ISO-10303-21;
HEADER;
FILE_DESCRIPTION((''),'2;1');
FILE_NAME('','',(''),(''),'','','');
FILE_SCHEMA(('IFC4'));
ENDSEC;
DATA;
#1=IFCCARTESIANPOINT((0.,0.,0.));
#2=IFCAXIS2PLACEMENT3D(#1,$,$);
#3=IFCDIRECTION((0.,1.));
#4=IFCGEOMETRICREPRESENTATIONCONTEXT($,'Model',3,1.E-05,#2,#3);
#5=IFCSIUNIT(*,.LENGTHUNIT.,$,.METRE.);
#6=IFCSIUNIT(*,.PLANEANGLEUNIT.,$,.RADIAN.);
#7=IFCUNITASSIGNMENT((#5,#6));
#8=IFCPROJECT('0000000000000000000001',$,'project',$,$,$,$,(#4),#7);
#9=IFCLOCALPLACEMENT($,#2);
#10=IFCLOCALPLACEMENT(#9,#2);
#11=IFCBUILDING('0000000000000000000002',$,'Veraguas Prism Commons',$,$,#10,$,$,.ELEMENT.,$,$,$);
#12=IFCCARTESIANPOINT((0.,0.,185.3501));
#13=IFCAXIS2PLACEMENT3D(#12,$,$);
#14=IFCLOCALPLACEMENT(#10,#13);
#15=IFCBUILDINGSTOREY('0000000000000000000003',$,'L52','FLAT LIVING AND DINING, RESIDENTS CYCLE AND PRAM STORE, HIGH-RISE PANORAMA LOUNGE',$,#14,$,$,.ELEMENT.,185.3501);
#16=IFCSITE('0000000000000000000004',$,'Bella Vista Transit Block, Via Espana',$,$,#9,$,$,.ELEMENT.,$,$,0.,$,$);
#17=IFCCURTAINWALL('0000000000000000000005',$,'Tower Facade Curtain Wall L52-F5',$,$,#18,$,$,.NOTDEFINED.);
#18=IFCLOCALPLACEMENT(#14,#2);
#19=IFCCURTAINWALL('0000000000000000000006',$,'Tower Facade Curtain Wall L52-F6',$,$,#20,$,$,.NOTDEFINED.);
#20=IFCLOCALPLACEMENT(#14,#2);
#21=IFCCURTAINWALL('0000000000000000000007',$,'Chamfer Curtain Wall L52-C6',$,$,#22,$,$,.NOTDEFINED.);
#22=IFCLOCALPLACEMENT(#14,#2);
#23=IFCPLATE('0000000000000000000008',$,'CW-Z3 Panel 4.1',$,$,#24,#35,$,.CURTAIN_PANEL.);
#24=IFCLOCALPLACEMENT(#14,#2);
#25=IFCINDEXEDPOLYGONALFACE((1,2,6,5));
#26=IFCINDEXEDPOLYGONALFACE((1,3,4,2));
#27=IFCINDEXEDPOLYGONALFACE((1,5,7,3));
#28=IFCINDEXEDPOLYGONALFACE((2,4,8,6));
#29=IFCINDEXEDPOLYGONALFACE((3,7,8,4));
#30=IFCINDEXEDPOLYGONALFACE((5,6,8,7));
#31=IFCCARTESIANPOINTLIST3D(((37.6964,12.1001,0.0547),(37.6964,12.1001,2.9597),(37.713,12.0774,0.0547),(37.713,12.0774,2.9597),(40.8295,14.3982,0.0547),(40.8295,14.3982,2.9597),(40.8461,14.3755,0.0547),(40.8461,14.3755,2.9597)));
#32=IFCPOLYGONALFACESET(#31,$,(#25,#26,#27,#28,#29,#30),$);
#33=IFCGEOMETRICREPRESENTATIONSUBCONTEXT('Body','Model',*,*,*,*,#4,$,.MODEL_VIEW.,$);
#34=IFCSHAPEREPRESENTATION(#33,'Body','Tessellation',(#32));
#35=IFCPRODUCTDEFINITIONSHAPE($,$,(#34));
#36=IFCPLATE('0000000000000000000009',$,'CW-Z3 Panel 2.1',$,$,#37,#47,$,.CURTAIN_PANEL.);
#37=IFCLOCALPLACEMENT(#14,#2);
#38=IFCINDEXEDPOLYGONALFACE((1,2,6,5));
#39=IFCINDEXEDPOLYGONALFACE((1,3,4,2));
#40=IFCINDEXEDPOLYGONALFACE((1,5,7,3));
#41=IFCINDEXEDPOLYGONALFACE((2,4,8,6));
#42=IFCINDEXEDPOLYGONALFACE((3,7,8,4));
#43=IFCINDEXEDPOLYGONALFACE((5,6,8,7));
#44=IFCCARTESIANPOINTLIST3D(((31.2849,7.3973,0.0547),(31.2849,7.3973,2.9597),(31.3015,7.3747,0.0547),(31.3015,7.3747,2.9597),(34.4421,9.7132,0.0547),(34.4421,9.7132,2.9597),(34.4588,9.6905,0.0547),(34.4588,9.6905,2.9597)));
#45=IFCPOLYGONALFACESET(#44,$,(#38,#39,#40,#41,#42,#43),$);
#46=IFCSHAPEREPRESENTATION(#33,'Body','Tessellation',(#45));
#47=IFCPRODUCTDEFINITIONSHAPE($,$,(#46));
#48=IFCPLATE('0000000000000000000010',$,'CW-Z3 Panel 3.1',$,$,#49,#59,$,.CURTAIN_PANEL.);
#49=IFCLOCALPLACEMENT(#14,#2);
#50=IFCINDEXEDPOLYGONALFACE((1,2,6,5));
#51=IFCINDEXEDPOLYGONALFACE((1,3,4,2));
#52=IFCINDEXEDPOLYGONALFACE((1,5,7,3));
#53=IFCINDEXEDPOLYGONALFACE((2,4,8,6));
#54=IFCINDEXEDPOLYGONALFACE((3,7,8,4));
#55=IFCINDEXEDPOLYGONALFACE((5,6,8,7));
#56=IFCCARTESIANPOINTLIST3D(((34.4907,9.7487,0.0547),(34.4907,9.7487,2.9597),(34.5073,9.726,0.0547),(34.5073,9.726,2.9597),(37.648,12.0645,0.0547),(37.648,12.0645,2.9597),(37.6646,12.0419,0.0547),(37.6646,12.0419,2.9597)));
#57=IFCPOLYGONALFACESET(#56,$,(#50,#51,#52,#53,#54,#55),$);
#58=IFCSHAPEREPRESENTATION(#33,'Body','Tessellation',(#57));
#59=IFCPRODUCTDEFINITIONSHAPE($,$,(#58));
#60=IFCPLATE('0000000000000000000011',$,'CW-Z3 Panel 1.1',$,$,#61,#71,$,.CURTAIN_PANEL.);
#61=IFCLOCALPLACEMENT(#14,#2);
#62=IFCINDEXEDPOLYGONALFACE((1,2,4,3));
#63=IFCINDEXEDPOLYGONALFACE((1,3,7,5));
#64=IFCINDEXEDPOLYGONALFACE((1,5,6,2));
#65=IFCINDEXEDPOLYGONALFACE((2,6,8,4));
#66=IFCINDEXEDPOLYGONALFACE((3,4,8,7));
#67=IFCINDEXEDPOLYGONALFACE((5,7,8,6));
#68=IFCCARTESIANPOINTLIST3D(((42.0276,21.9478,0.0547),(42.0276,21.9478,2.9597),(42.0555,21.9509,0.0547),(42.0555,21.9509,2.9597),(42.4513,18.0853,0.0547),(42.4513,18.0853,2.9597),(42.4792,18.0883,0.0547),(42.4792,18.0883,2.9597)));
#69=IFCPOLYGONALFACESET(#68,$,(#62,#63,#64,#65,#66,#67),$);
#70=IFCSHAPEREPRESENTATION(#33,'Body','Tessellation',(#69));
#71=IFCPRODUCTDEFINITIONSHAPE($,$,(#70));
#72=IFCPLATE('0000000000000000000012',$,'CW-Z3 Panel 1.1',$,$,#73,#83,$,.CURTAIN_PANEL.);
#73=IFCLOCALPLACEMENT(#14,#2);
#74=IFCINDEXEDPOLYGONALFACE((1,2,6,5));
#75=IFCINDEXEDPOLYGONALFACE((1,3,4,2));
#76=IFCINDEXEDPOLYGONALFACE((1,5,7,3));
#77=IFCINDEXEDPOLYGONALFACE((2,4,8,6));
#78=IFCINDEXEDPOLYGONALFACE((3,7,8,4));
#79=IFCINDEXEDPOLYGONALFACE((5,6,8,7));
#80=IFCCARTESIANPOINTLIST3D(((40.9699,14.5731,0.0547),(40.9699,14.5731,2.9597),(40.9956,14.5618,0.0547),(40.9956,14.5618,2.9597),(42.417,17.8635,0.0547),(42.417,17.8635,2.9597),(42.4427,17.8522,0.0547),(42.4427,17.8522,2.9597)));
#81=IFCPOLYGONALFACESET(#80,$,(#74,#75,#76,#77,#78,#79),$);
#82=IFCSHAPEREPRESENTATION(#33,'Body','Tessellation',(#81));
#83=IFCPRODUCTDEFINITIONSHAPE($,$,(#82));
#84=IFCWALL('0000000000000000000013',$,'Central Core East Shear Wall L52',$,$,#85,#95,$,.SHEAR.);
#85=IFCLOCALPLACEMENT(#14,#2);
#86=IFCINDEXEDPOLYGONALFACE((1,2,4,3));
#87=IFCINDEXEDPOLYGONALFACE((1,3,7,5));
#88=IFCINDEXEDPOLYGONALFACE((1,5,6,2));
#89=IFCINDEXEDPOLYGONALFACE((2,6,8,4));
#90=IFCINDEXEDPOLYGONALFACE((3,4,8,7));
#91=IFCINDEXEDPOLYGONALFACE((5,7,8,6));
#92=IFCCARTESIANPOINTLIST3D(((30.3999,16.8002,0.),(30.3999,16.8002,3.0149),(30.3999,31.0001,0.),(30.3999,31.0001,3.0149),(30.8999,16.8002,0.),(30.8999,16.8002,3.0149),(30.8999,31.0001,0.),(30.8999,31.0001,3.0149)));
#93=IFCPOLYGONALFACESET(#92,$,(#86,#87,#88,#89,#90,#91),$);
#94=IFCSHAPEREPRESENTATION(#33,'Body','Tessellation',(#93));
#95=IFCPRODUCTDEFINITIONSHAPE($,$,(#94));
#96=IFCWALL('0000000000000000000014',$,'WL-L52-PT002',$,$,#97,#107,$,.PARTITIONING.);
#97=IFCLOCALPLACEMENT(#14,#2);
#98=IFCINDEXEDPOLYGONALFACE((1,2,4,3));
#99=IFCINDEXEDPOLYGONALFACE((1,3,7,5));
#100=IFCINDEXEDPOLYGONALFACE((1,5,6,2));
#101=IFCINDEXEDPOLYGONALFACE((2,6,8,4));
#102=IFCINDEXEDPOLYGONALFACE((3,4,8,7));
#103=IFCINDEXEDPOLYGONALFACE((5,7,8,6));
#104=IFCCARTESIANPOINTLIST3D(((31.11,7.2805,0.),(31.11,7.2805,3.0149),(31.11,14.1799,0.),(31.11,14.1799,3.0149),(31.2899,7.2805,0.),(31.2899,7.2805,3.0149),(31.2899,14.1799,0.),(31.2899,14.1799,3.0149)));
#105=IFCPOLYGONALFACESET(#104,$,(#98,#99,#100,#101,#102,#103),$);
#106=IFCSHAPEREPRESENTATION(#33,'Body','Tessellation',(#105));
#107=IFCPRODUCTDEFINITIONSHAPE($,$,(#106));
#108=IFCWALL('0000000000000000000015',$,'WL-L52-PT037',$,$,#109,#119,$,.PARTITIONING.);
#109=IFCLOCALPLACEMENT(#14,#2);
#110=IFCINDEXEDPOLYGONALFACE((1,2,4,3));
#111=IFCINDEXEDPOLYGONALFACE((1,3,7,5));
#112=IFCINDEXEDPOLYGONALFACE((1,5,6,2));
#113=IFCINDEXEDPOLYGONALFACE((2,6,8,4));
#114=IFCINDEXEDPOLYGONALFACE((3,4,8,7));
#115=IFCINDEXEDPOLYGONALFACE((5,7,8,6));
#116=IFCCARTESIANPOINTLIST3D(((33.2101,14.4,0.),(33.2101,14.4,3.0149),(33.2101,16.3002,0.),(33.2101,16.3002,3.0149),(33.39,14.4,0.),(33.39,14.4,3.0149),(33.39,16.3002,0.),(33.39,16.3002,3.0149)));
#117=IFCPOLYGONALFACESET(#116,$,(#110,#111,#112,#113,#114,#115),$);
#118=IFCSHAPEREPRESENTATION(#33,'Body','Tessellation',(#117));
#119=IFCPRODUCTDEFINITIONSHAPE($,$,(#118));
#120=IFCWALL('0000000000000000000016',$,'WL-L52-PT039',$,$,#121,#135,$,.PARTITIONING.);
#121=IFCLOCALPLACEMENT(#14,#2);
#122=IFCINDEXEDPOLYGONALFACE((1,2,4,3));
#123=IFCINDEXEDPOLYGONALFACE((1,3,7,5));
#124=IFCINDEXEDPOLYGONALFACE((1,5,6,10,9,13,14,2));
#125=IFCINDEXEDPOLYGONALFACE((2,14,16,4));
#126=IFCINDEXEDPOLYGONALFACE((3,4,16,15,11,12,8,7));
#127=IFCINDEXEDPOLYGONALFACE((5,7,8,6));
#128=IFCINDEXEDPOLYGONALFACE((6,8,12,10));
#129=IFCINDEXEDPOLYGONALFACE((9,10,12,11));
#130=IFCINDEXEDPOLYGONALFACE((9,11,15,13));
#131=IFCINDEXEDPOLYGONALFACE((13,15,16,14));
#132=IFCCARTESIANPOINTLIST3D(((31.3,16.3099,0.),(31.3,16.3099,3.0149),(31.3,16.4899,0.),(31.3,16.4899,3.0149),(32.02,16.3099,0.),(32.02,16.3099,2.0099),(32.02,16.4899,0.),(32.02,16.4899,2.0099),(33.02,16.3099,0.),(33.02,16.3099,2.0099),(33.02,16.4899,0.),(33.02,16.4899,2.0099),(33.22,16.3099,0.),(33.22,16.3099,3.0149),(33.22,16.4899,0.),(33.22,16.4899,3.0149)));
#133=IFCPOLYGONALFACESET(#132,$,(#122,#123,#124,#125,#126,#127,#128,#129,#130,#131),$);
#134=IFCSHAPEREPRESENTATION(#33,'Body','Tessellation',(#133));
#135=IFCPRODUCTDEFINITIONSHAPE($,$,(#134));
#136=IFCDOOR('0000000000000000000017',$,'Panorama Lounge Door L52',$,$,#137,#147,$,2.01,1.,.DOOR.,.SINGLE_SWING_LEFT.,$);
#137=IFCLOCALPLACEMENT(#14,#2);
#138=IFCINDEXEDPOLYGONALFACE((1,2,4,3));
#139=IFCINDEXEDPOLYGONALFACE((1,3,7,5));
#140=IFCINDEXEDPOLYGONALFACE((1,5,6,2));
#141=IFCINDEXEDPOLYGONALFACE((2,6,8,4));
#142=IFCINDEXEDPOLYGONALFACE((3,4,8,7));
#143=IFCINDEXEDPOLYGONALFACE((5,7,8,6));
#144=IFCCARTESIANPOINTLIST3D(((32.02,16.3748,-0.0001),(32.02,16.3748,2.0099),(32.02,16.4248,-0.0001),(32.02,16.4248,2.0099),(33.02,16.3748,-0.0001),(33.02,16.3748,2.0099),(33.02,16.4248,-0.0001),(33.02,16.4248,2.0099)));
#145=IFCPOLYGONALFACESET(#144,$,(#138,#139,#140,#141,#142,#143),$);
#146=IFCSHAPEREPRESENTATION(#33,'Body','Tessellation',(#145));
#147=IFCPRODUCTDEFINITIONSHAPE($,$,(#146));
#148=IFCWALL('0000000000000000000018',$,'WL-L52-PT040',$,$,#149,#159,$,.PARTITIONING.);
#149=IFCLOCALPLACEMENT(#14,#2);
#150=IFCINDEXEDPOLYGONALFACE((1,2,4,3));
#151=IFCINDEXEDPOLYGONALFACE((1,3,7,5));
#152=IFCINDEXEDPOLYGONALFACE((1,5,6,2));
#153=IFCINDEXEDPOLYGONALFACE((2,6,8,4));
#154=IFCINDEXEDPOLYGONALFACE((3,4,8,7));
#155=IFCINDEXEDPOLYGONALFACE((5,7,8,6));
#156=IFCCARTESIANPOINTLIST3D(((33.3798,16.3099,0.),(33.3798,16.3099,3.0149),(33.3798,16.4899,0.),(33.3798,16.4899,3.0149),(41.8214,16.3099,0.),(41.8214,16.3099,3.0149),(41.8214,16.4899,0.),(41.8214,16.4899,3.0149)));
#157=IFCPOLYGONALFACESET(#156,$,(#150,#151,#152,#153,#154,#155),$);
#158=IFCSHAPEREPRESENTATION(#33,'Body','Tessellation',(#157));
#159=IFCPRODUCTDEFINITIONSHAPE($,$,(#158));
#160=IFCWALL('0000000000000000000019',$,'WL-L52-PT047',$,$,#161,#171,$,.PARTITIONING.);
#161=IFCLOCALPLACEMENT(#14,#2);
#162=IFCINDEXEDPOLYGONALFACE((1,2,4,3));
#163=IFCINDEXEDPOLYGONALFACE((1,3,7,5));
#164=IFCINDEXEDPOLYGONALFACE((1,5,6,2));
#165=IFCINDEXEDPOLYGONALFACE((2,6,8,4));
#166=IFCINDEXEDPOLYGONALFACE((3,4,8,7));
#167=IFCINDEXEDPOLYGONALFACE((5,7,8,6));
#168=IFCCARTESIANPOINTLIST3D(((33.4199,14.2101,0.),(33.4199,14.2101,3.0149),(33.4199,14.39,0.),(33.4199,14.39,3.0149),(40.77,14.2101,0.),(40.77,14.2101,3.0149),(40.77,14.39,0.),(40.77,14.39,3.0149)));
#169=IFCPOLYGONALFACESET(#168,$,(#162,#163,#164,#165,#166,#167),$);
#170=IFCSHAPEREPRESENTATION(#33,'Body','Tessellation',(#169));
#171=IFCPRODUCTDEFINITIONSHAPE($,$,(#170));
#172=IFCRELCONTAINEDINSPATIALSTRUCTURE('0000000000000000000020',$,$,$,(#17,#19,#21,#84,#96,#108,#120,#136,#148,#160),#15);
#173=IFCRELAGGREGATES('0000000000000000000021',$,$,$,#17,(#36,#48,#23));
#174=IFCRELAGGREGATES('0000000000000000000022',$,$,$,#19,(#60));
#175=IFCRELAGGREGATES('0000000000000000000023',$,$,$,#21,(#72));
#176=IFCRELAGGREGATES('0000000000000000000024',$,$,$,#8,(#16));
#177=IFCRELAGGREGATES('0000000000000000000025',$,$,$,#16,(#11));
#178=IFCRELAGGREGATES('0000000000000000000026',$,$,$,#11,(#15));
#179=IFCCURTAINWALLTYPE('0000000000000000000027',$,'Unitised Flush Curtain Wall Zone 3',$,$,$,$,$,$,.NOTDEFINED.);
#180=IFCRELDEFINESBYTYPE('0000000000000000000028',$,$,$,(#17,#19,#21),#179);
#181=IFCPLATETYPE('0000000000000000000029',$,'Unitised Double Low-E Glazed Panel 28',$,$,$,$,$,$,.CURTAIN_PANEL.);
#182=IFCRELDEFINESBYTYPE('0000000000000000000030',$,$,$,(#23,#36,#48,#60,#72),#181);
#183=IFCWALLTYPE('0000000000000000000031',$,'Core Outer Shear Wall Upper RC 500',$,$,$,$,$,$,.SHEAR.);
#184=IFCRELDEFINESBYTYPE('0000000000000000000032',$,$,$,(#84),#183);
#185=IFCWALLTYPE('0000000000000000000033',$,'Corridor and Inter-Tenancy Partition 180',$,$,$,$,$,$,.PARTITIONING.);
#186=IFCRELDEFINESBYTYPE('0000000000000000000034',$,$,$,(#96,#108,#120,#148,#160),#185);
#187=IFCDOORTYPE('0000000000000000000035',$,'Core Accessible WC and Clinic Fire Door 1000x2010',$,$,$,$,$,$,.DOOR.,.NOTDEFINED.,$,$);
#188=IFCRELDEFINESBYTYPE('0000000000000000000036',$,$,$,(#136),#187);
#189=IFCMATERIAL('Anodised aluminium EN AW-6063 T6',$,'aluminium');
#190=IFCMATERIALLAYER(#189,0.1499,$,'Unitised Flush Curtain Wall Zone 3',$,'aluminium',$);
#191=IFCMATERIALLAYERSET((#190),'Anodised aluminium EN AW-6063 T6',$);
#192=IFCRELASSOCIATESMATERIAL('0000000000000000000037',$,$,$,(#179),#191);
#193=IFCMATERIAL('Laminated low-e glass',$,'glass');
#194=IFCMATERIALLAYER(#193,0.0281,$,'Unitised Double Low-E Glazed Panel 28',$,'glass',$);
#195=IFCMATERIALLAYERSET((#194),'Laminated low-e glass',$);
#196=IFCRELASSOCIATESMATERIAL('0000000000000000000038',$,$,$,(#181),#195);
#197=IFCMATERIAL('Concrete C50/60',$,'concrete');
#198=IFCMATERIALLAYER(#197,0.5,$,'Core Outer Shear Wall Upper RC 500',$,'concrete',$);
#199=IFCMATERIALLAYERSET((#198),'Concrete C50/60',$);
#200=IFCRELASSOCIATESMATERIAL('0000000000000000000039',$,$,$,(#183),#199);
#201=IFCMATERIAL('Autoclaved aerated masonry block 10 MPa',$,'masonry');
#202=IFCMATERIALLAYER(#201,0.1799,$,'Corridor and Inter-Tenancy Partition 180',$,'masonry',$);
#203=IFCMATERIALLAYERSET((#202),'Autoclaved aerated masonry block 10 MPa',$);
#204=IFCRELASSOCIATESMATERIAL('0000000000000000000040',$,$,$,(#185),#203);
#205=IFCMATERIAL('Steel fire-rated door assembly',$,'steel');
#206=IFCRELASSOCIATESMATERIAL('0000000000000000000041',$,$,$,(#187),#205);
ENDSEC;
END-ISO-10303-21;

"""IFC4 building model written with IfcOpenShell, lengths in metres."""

from ifc_helpers import new_model, si_unit, direction, frame, frame_2d, origin, origin_2d, place, context, subcontext, project, spatial, rectangle, extrude, source, transform, mapped, material, layer, layer_set, type_object, element, fill, aggregate, save


model = new_model("IFC4")

# Units and contexts
model_context = context("Model", 3, precision=1e-05, world=origin(), true_north=direction((0.0, 1.0)))
body_context = subcontext(model_context, "Body", "Model", "MODEL_VIEW")
ifc_project = project(units=[si_unit("LENGTHUNIT", "METRE"), si_unit("PLANEANGLEUNIT", "RADIAN")], contexts=[model_context])

# Site, building, storey
site_placement = place(None, origin())
site = spatial("IfcSite", under=ifc_project, at=site_placement, Name="Bella Vista Transit Block, Via Espana", CompositionType="ELEMENT", RefElevation=0.0)
building_placement = place(site_placement, origin())
building = spatial("IfcBuilding", under=site, at=building_placement, Name="Veraguas Prism Commons", CompositionType="ELEMENT")
storey_placement = place(building_placement, frame((0.0, 0.0, 185.3501)))
storey = spatial("IfcBuildingStorey", under=building, at=storey_placement, Name="L52", Description="FLAT LIVING AND DINING, RESIDENTS CYCLE AND PRAM STORE, HIGH-RISE PANORAMA LOUNGE", CompositionType="ELEMENT", Elevation=185.3501)

# Shared definitions
ifc_material_1 = material(Name="Concrete C50/60", Category="concrete")

# Curtain wall
ifc_material_2 = material(Name="Anodised aluminium EN AW-6063 T6", Category="aluminium")
ifc_layer_1 = layer(ifc_material_2, 0.1499, Name="Unitised Flush Curtain Wall Zone 3", Category="aluminium")
ifc_layer_set_1 = layer_set([ifc_layer_1], Name="Anodised aluminium EN AW-6063 T6")
curtain_wall_type = type_object("IfcCurtainWallType", Name="Unitised Flush Curtain Wall Zone 3", PredefinedType="NOTDEFINED", material=ifc_layer_set_1)
curtain_wall_1_placement = place(storey_placement, origin())
curtain_wall_1 = element("IfcCurtainWall", 1, at=curtain_wall_1_placement, inside=storey, type_object=curtain_wall_type, Name="Tower Facade Curtain Wall L52-F5", PredefinedType="NOTDEFINED")

# Curtain wall
curtain_wall_2_placement = place(storey_placement, origin())
curtain_wall_2 = element("IfcCurtainWall", 2, at=curtain_wall_2_placement, inside=storey, type_object=curtain_wall_type, Name="Tower Facade Curtain Wall L52-F6", PredefinedType="NOTDEFINED")

# Curtain wall
curtain_wall_3_placement = place(storey_placement, origin())
curtain_wall_3 = element("IfcCurtainWall", 3, at=curtain_wall_3_placement, inside=storey, type_object=curtain_wall_type, Name="Chamfer Curtain Wall L52-C6", PredefinedType="NOTDEFINED")

# Plates
ifc_material_3 = material(Name="Laminated low-e glass", Category="glass")
ifc_layer_2 = layer(ifc_material_3, 0.0281, Name="Unitised Double Low-E Glazed Panel 28", Category="glass")
ifc_layer_set_2 = layer_set([ifc_layer_2], Name="Laminated low-e glass")
plate_type = type_object("IfcPlateType", Name="Unitised Double Low-E Glazed Panel 28", PredefinedType="CURTAIN_PANEL", material=ifc_layer_set_2)
shared_shape_1 = source(origin(), body_context, "Body", "SweptSolid", [
    extrude(rectangle(XDim=3.8855, YDim=0.0281, at=origin_2d()), origin(), (0.0, 0.0, 1.0), 2.905),
])
plate_1_placement = place(storey_placement, frame((39.2712, 13.2378, 0.0547), z_axis=(0.0, 0.0, 1.0), x_axis=(0.806341, 0.59145, 0.0)))
plate_1 = element("IfcPlate", 4, at=plate_1_placement, type_object=plate_type, Name="CW-Z3 Panel 4.1", PredefinedType="CURTAIN_PANEL", context=body_context, shape_type="MappedRepresentation", body=[
    mapped(shared_shape_1, transform((0.0, 0.0, 0.0), scale=1.0)),
])
shared_shape_2 = source(origin(), body_context, "Body", "SweptSolid", [
    extrude(rectangle(XDim=3.9155, YDim=0.0281, at=origin_2d()), origin(), (0.0, 0.0, 1.0), 2.905),
])
plate_2_placement = place(storey_placement, frame((32.8718, 8.5439, 0.0547), z_axis=(0.0, 0.0, 1.0), x_axis=(0.806341, 0.59145, 0.0)))
plate_2 = element("IfcPlate", 5, at=plate_2_placement, type_object=plate_type, Name="CW-Z3 Panel 2.1", PredefinedType="CURTAIN_PANEL", context=body_context, shape_type="MappedRepresentation", body=[
    mapped(shared_shape_2, transform((0.0, 0.0, 0.0), scale=1.0)),
])
plate_3_placement = place(storey_placement, frame((36.0776, 10.8953, 0.0547), z_axis=(0.0, 0.0, 1.0), x_axis=(0.806341, 0.59145, 0.0)))
plate_3 = element("IfcPlate", 6, at=plate_3_placement, type_object=plate_type, Name="CW-Z3 Panel 3.1", PredefinedType="CURTAIN_PANEL", context=body_context, shape_type="MappedRepresentation", body=[
    mapped(shared_shape_2, transform((0.0, 0.0, 0.0), scale=1.0)),
])
aggregate(curtain_wall_1, [plate_2, plate_3, plate_1])
shared_shape_3 = source(origin(), body_context, "Body", "SweptSolid", [
    extrude(rectangle(XDim=3.8857, YDim=0.0281, at=origin_2d()), origin(), (0.0, 0.0, 1.0), 2.905),
])
plate_4_placement = place(storey_placement, frame((42.2534, 20.0181, 0.0547), z_axis=(0.0, 0.0, 1.0), x_axis=(-0.109046, 0.994037, 0.0)))
plate_4 = element("IfcPlate", 7, at=plate_4_placement, type_object=plate_type, Name="CW-Z3 Panel 1.1", PredefinedType="CURTAIN_PANEL", context=body_context, shape_type="MappedRepresentation", body=[
    mapped(shared_shape_3, transform((0.0, 0.0, 0.0), scale=1.0)),
])
aggregate(curtain_wall_2, [plate_4])
shared_shape_4 = source(origin(), body_context, "Body", "SweptSolid", [
    extrude(rectangle(XDim=3.5945, YDim=0.0281, at=origin_2d()), origin(), (0.0, 0.0, 1.0), 2.905),
])
plate_5_placement = place(storey_placement, frame((41.7063, 16.2126, 0.0547), z_axis=(0.0, 0.0, 1.0), x_axis=(0.402571, 0.915389, 0.0)))
plate_5 = element("IfcPlate", 8, at=plate_5_placement, type_object=plate_type, Name="CW-Z3 Panel 1.1", PredefinedType="CURTAIN_PANEL", context=body_context, shape_type="MappedRepresentation", body=[
    mapped(shared_shape_4, transform((0.0, 0.0, 0.0), scale=1.0)),
])
aggregate(curtain_wall_3, [plate_5])

# Walls
ifc_layer_3 = layer(ifc_material_1, 0.5, Name="Core Outer Shear Wall Upper RC 500", Category="concrete")
ifc_layer_set_3 = layer_set([ifc_layer_3], Name="Concrete C50/60")
wall_type_1 = type_object("IfcWallType", Name="Core Outer Shear Wall Upper RC 500", PredefinedType="SHEAR", material=ifc_layer_set_3)
wall_1_placement = place(storey_placement, frame((30.6499, 16.8, 0.0), z_axis=(0.0, 0.0, 1.0), x_axis=(0.0, 1.0, 0.0)))
element("IfcWall", 9, at=wall_1_placement, inside=storey, type_object=wall_type_1, Name="Central Core East Shear Wall L52", PredefinedType="SHEAR", context=body_context, shape_type="SweptSolid", body=[
    extrude(rectangle(XDim=14.2, YDim=0.5, at=frame_2d((7.1001, 0.0))), origin(), (0.0, 0.0, 1.0), 3.0149),
])
ifc_material_4 = material(Name="Autoclaved aerated masonry block 10 MPa", Category="masonry")
ifc_layer_4 = layer(ifc_material_4, 0.1799, Name="Corridor and Inter-Tenancy Partition 180", Category="masonry")
ifc_layer_set_4 = layer_set([ifc_layer_4], Name="Autoclaved aerated masonry block 10 MPa")
wall_type_2 = type_object("IfcWallType", Name="Corridor and Inter-Tenancy Partition 180", PredefinedType="PARTITIONING", material=ifc_layer_set_4)
wall_2_placement = place(storey_placement, frame((31.2, 14.1799, 0.0), z_axis=(0.0, 0.0, 1.0), x_axis=(0.0, -1.0, 0.0)))
element("IfcWall", 10, at=wall_2_placement, inside=storey, type_object=wall_type_2, Name="WL-L52-PT002", PredefinedType="PARTITIONING", context=body_context, shape_type="SweptSolid", body=[
    extrude(rectangle(XDim=6.8994, YDim=0.1799, at=frame_2d((3.4497, 0.0))), origin(), (0.0, 0.0, 1.0), 3.0149),
])
wall_3_placement = place(storey_placement, frame((33.3, 14.3999, 0.0), z_axis=(0.0, 0.0, 1.0), x_axis=(0.0, 1.0, 0.0)))
element("IfcWall", 11, at=wall_3_placement, inside=storey, type_object=wall_type_2, Name="WL-L52-PT037", PredefinedType="PARTITIONING", context=body_context, shape_type="SweptSolid", body=[
    extrude(rectangle(XDim=1.9001, YDim=0.1799, at=frame_2d((0.9502, 0.0))), origin(), (0.0, 0.0, 1.0), 3.0149),
])

# Wall, opening, door
wall_4_placement = place(storey_placement, frame((31.3, 16.3999, 0.0), z_axis=(0.0, 0.0, 1.0), x_axis=(1.0, 0.0, 0.0)))
wall_4 = element("IfcWall", 12, at=wall_4_placement, inside=storey, type_object=wall_type_2, Name="WL-L52-PT039", PredefinedType="PARTITIONING", context=body_context, shape_type="SweptSolid", body=[
    extrude(rectangle(XDim=1.9199, YDim=0.1799, at=frame_2d((0.96, 0.0))), origin(), (0.0, 0.0, 1.0), 3.0149),
])
opening_1_placement = place(wall_4_placement, frame((0.72, 0.0, 0.0)))
opening_1 = element("IfcOpeningElement", 13, at=opening_1_placement, cuts=wall_4, PredefinedType="OPENING", context=body_context, shape_type="SweptSolid", body=[
    extrude(rectangle(XDim=1.0, YDim=2.01, at=frame_2d((0.5, 1.0049))), frame((0.0, 0.0999, 0.0), z_axis=(0.0, -1.0, 0.0), x_axis=(1.0, 0.0, 0.0)), (0.0, 0.0, 1.0), 0.2),
])
ifc_material_5 = material(Name="Steel fire-rated door assembly", Category="steel")
door_type_1 = type_object("IfcDoorType", Name="Core Accessible WC and Clinic Fire Door 1000x2010", OperationType="NOTDEFINED", PredefinedType="DOOR", material=ifc_material_5)
shared_shape_5 = source(origin(), body_context, "Body", "SweptSolid", [
    extrude(rectangle(XDim=1.0, YDim=2.01, at=frame_2d((0.5, 1.0049))), frame((0.0, 0.0249, 0.0), z_axis=(0.0, -1.0, 0.0), x_axis=(1.0, 0.0, 0.0)), (0.0, 0.0, 1.0), 0.05),
])
door_1_placement = place(opening_1_placement, origin())
door_1 = element("IfcDoor", 14, at=door_1_placement, inside=storey, type_object=door_type_1, Name="Panorama Lounge Door L52", OperationType="SINGLE_SWING_LEFT", OverallHeight=2.01, OverallWidth=1.0, PredefinedType="DOOR", context=body_context, shape_type="MappedRepresentation", body=[
    mapped(shared_shape_5, transform((0.0, 0.0, 0.0), scale=1.0)),
])
fill(opening_1, door_1)

# Walls
wall_5_placement = place(storey_placement, frame((33.3799, 16.3999, 0.0), z_axis=(0.0, 0.0, 1.0), x_axis=(1.0, 0.0, 0.0)))
element("IfcWall", 15, at=wall_5_placement, inside=storey, type_object=wall_type_2, Name="WL-L52-PT040", PredefinedType="PARTITIONING", context=body_context, shape_type="SweptSolid", body=[
    extrude(rectangle(XDim=8.4417, YDim=0.1799, at=frame_2d((4.2207, 0.0))), origin(), (0.0, 0.0, 1.0), 3.0149),
])
wall_6_placement = place(storey_placement, frame((33.4199, 14.3, 0.0), z_axis=(0.0, 0.0, 1.0), x_axis=(1.0, 0.0, 0.0)))
element("IfcWall", 16, at=wall_6_placement, inside=storey, type_object=wall_type_2, Name="WL-L52-PT047", PredefinedType="PARTITIONING", context=body_context, shape_type="SweptSolid", body=[
    extrude(rectangle(XDim=7.3501, YDim=0.1799, at=frame_2d((3.675, 0.0))), origin(), (0.0, 0.0, 1.0), 3.0149),
])

save(model, "model.ifc")
